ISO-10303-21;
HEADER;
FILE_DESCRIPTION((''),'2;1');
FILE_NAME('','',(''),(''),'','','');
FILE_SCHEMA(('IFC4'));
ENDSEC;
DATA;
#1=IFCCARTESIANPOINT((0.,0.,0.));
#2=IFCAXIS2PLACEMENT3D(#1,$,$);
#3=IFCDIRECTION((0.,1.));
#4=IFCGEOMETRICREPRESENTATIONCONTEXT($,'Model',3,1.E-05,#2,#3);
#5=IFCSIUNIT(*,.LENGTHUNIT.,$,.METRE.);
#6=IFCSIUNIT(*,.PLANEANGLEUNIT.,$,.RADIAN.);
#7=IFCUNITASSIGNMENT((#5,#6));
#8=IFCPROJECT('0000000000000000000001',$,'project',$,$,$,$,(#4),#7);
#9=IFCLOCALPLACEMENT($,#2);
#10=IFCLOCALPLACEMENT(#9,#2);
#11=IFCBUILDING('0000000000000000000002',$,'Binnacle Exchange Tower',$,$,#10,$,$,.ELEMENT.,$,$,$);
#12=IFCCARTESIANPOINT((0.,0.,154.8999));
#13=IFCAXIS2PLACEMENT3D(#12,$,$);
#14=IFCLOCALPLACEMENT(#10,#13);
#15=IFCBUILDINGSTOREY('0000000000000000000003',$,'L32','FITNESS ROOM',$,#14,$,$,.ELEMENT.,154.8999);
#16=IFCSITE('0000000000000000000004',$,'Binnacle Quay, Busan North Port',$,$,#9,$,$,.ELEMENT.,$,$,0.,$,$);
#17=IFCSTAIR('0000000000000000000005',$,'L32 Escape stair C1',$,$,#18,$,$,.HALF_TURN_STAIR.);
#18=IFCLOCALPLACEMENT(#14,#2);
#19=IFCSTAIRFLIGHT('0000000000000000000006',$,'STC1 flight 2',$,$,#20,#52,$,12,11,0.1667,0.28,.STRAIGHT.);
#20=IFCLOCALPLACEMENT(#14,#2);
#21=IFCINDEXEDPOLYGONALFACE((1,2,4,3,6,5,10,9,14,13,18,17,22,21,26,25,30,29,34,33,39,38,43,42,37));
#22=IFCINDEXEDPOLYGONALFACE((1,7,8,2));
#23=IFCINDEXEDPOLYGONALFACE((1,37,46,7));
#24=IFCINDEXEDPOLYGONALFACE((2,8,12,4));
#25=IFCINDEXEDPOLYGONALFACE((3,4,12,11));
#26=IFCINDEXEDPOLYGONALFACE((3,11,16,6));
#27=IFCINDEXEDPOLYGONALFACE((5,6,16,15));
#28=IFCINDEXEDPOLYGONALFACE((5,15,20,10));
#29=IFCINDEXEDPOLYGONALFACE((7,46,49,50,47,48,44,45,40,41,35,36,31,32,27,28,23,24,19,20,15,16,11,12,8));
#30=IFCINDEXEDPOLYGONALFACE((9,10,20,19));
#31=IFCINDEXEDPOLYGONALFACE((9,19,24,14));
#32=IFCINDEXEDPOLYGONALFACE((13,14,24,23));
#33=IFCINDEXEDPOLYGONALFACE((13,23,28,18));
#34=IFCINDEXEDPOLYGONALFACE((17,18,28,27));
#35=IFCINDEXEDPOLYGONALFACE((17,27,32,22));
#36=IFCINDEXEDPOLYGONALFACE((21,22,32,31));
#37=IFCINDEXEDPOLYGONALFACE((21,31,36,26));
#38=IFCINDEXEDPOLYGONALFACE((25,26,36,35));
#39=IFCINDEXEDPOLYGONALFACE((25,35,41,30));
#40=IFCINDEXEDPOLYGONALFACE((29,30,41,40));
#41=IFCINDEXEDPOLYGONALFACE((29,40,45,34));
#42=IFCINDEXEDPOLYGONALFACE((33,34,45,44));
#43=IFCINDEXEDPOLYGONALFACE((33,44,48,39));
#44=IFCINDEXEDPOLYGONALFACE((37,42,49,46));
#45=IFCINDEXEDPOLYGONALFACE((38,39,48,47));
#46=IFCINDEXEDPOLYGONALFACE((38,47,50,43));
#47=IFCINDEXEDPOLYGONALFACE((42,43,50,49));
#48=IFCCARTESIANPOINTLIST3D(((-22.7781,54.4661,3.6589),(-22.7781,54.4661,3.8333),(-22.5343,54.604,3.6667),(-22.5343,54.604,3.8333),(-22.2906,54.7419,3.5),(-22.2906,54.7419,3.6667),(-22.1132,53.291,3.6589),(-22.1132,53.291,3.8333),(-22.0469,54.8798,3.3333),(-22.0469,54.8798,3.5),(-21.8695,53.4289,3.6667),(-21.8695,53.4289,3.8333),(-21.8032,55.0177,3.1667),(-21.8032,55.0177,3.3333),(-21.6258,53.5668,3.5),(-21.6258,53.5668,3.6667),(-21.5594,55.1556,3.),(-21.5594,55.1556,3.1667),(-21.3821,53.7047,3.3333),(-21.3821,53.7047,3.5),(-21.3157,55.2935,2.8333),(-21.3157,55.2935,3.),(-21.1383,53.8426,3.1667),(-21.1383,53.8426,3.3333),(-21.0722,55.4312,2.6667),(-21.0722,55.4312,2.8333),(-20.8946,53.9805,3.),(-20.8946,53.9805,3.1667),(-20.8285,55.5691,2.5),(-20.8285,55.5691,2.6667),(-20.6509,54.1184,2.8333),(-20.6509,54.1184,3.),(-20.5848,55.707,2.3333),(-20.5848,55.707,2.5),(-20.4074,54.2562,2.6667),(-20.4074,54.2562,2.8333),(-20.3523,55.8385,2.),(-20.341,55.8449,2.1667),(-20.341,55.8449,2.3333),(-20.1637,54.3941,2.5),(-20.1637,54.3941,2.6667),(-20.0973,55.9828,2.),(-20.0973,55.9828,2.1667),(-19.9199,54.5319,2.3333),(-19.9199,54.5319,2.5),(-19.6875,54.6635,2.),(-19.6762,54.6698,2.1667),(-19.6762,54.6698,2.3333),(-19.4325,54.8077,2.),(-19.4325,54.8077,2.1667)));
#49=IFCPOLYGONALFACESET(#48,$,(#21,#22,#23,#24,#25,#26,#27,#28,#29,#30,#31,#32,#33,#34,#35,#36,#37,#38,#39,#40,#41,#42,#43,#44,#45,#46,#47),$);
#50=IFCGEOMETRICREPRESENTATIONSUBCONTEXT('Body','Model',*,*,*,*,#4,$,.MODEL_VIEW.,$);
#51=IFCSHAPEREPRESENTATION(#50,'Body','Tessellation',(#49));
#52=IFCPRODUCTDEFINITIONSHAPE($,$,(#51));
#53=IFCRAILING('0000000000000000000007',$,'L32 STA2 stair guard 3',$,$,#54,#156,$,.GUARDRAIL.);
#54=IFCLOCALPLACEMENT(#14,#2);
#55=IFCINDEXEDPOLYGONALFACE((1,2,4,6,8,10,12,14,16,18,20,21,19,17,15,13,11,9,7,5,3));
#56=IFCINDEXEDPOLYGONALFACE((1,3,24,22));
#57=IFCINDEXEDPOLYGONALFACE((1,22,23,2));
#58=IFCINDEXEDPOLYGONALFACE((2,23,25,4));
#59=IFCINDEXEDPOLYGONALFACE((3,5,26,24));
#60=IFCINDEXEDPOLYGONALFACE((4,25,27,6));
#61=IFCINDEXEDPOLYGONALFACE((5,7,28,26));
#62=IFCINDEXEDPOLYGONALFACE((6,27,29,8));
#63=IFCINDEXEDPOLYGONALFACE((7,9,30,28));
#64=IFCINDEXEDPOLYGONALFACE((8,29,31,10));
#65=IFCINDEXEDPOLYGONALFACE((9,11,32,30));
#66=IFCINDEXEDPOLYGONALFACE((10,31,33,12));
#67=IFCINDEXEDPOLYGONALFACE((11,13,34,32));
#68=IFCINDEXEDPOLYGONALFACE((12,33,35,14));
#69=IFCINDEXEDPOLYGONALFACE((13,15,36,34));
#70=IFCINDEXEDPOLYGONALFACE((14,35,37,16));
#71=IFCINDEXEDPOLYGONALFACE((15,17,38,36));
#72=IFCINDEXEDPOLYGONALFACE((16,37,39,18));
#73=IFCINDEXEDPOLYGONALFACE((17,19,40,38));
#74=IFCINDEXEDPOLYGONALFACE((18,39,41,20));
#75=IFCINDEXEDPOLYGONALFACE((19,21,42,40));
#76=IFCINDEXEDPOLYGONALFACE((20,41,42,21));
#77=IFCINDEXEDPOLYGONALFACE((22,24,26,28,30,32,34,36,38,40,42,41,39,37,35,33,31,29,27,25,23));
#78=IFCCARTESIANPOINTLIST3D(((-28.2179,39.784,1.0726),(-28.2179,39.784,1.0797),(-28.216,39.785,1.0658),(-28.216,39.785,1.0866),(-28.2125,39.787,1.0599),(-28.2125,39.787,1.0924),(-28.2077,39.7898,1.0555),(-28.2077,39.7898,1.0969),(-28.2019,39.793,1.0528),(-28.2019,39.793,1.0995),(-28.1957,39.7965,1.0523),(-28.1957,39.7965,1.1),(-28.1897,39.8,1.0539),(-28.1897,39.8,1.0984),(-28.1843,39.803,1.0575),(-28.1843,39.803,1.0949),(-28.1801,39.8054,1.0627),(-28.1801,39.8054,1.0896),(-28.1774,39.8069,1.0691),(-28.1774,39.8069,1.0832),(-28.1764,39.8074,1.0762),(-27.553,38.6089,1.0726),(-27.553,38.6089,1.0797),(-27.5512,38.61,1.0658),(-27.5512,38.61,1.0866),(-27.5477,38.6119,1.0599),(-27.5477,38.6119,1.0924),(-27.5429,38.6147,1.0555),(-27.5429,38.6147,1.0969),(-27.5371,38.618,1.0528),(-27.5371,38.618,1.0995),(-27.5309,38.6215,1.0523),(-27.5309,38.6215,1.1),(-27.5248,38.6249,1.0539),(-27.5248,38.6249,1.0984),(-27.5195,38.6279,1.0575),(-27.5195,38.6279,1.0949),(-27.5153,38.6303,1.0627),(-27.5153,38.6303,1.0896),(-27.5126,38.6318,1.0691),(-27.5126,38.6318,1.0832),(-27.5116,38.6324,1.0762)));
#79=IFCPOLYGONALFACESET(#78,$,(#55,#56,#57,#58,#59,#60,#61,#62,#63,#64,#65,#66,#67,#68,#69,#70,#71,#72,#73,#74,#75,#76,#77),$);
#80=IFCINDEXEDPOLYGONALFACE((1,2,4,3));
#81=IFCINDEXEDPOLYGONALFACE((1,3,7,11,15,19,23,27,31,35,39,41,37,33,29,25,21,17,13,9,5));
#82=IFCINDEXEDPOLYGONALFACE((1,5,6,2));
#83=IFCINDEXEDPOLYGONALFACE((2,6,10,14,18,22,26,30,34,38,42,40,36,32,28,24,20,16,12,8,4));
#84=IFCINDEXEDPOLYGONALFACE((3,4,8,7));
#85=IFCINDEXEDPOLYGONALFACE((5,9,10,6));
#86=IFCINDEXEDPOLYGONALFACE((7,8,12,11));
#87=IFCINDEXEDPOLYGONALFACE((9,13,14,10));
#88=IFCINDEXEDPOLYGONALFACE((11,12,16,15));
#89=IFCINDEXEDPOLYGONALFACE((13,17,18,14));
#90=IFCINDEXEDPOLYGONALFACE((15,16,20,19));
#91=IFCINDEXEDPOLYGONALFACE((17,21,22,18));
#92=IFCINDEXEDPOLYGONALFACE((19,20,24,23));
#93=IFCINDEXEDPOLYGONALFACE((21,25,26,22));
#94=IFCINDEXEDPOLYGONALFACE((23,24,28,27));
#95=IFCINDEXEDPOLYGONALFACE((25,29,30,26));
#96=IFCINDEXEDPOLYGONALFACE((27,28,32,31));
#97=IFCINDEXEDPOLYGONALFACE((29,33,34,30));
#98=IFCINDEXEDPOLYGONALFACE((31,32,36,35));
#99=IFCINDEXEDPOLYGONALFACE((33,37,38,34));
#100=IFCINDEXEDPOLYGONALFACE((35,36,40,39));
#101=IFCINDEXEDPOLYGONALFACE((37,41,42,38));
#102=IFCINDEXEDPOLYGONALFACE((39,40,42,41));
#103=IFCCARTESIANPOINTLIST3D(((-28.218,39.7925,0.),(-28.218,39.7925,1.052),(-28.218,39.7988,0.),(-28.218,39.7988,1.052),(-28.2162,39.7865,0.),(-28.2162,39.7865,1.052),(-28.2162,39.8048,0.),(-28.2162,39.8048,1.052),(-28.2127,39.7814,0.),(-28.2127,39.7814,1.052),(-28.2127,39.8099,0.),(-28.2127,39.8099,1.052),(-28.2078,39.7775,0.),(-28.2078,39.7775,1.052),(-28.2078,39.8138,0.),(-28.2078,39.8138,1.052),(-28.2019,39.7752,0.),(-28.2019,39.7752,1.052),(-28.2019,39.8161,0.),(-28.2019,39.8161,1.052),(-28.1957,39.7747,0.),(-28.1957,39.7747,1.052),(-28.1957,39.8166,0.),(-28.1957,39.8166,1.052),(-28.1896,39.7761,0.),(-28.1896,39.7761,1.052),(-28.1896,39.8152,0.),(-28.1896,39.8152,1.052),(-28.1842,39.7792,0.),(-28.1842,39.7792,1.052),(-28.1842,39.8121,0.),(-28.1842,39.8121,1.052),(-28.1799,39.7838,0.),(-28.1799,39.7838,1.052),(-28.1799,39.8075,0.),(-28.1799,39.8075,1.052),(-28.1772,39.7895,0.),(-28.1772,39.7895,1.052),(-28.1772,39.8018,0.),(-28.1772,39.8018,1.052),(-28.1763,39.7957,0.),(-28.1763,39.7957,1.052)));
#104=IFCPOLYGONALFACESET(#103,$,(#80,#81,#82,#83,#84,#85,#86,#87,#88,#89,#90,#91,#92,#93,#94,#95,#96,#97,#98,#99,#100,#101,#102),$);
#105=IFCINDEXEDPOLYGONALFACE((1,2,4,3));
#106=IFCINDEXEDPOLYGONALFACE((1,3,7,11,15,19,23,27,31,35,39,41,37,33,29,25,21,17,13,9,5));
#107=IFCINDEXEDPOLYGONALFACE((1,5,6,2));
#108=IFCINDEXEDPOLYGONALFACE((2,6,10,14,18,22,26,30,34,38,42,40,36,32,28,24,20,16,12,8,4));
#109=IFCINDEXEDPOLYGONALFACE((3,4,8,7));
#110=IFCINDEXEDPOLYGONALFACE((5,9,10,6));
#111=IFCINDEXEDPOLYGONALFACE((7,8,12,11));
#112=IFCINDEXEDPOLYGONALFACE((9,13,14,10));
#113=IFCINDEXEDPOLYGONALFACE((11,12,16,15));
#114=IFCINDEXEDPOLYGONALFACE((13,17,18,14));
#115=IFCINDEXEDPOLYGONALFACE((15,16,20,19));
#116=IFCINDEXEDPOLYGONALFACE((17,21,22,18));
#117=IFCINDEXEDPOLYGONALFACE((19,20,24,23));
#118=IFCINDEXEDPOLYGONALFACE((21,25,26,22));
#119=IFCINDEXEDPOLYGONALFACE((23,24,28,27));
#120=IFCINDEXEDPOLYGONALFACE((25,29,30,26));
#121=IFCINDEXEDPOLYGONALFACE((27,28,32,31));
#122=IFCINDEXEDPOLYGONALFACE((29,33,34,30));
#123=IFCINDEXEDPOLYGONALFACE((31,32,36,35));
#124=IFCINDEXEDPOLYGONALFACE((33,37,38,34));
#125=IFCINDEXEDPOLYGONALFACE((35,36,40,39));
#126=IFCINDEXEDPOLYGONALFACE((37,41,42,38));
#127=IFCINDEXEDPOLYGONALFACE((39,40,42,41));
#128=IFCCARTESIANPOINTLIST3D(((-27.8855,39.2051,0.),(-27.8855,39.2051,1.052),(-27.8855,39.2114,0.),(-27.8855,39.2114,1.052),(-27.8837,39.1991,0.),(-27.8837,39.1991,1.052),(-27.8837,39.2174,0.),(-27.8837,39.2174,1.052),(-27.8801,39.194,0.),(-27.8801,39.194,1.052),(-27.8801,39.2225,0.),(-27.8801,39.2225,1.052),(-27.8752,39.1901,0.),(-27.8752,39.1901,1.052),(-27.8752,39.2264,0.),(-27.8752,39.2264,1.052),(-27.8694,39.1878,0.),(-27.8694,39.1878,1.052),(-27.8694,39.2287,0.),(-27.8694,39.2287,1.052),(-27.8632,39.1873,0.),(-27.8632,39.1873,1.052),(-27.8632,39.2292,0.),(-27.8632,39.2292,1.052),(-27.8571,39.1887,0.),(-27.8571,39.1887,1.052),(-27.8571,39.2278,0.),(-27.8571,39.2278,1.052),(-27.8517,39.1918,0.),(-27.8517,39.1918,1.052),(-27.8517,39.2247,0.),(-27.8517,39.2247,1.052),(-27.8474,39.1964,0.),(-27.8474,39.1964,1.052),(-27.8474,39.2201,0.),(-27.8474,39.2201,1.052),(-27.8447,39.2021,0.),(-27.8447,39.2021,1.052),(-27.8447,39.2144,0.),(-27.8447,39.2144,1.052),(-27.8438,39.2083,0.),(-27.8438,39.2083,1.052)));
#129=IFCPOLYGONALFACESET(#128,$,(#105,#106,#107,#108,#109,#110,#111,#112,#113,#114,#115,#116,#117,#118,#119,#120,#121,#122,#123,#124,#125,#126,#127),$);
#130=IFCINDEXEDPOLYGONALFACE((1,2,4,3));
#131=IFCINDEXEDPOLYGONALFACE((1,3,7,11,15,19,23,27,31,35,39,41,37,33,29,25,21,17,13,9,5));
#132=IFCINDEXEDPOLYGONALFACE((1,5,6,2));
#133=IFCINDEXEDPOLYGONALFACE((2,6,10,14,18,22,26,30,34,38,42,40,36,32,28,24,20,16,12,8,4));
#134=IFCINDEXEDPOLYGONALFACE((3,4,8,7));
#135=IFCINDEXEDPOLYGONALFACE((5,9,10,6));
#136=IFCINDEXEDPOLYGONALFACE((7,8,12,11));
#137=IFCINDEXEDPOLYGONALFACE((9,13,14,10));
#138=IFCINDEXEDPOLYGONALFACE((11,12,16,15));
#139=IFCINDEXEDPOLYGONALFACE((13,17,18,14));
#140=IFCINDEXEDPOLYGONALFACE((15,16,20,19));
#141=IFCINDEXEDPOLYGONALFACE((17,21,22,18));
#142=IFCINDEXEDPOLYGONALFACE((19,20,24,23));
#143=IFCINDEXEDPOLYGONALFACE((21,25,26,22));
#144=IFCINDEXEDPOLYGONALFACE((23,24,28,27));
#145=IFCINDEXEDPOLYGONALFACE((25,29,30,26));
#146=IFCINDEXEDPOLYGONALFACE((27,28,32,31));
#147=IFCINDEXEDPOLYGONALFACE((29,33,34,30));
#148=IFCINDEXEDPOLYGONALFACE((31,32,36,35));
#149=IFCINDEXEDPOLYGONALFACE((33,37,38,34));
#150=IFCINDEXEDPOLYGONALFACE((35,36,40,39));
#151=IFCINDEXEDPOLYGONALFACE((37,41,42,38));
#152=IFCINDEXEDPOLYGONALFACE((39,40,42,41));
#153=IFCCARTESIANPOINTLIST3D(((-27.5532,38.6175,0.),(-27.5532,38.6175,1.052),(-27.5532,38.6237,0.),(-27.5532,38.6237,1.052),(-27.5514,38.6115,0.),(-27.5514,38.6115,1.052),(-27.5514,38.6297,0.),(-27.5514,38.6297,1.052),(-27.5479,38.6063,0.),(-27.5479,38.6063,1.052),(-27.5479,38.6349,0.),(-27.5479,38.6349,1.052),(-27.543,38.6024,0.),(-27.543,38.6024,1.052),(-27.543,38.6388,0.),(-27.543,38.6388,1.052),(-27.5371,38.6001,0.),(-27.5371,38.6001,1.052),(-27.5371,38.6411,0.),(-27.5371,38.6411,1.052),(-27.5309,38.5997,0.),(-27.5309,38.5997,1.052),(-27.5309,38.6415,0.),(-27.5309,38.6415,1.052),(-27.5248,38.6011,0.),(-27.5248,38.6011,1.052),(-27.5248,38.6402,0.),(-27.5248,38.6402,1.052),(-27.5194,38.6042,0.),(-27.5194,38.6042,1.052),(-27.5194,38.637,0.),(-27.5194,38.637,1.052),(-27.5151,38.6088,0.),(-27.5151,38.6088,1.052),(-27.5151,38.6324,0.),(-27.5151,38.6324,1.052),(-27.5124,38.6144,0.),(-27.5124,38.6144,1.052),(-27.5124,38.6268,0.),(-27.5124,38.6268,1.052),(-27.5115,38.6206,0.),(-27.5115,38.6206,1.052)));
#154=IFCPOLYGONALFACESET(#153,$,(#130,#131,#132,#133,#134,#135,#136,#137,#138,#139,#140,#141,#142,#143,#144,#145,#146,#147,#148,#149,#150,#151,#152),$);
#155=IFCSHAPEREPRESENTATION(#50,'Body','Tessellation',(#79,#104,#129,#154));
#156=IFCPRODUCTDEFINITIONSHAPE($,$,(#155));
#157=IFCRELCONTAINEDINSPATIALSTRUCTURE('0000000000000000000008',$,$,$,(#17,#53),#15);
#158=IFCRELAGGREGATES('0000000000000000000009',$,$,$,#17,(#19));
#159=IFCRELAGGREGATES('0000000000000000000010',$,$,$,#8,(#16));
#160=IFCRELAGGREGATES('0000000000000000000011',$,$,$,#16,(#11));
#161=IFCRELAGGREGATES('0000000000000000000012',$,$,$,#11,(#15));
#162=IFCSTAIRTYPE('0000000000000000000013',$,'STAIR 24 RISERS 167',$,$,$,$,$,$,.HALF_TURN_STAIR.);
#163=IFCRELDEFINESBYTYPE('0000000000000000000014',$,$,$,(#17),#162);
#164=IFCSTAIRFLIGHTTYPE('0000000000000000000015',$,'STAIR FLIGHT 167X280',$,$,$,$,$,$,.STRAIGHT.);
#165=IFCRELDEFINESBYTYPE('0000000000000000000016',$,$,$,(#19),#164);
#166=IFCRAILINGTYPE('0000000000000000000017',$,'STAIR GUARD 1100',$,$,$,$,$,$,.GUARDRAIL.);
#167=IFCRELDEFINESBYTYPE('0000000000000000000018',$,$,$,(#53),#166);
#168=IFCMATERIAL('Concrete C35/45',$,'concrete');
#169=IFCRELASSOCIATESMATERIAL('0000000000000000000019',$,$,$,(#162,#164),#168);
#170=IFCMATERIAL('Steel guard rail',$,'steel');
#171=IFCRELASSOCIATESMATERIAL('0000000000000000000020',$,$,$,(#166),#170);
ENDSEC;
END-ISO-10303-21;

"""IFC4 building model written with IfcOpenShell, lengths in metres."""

from ifc_helpers import new_model, si_unit, direction, frame, origin, origin_2d, place, context, subcontext, project, spatial, polyline, circle, outline, extrude, material, type_object, element, aggregate, save


model = new_model("IFC4")

# Units and contexts
model_context = context("Model", 3, precision=1e-05, world=origin(), true_north=direction((0.0, 1.0)))
body_context = subcontext(model_context, "Body", "Model", "MODEL_VIEW")
ifc_project = project(units=[si_unit("LENGTHUNIT", "METRE"), si_unit("PLANEANGLEUNIT", "RADIAN")], contexts=[model_context])

# Site, building, storey
site_placement = place(None, origin())
site = spatial("IfcSite", under=ifc_project, at=site_placement, Name="Binnacle Quay, Busan North Port", CompositionType="ELEMENT", RefElevation=0.0)
building_placement = place(site_placement, origin())
building = spatial("IfcBuilding", under=site, at=building_placement, Name="Binnacle Exchange Tower", CompositionType="ELEMENT")
storey_placement = place(building_placement, frame((0.0, 0.0, 154.8999)))
storey = spatial("IfcBuildingStorey", under=building, at=storey_placement, Name="L32", Description="FITNESS ROOM", CompositionType="ELEMENT", Elevation=154.8999)

# Shared definitions
ifc_material_1 = material(Name="Concrete C35/45", Category="concrete")
stair_type = type_object("IfcStairType", Name="STAIR 24 RISERS 167", PredefinedType="HALF_TURN_STAIR", material=ifc_material_1)
stair_flight_type = type_object("IfcStairFlightType", Name="STAIR FLIGHT 167X280", PredefinedType="STRAIGHT", material=ifc_material_1)

# Stair, stair flight
stair_1_placement = place(storey_placement, origin())
stair_1 = element("IfcStair", 1, at=stair_1_placement, inside=storey, type_object=stair_type, Name="L32 Escape stair C1", PredefinedType="HALF_TURN_STAIR")
stair_flight_1_placement = place(storey_placement, frame((-19.7649, 55.3953, 2.0), z_axis=(0.0, 0.0, 1.0), x_axis=(-0.870356, -0.492424, 0.0)))
stair_flight_1 = element("IfcStairFlight", 2, at=stair_flight_1_placement, type_object=stair_flight_type, Name="STC1 flight 2", NumberOfRisers=12, NumberOfTreads=11, PredefinedType="STRAIGHT", RiserHeight=0.1667, TreadLength=0.28, context=body_context, shape_type="SweptSolid", body=[
    extrude(outline(polyline([(0.0, 0.0), (0.0, 0.1667), (0.28, 0.1667), (0.28, 0.3333), (0.5601, 0.3333), (0.5601, 0.5), (0.8401, 0.5), (0.8401, 0.6667), (1.1201, 0.6667), (1.1201, 0.8333), (1.3999, 0.8333), (1.3999, 1.0), (1.6799, 1.0), (1.6799, 1.1667), (1.96, 1.1667), (1.96, 1.3333), (2.24, 1.3333), (2.24, 1.5), (2.52, 1.5), (2.52, 1.6667), (2.8, 1.6667), (2.8, 1.8333), (3.0801, 1.8333), (3.0801, 2.0), (3.0801, 1.6589), (0.293, 0.0), (0.0, 0.0)])), frame((0.0, 0.675, 0.0), z_axis=(0.0, -1.0, 0.0), x_axis=(1.0, 0.0, 0.0)), (0.0, 0.0, 1.0), 1.3501),
])
aggregate(stair_1, [stair_flight_1])

# Railing
ifc_material_2 = material(Name="Steel guard rail", Category="steel")
railing_type_1 = type_object("IfcRailingType", Name="STAIR GUARD 1100", PredefinedType="GUARDRAIL", material=ifc_material_2)
railing_1_placement = place(storey_placement, frame((-28.1973, 39.7957, 0.0)))
element("IfcRailing", 3, at=railing_1_placement, inside=storey, type_object=railing_type_1, Name="L32 STA2 stair guard 3", PredefinedType="GUARDRAIL", context=body_context, shape_type="SweptSolid", body=[
    extrude(circle(Radius=0.0239, at=origin_2d()), frame((0.0, 0.0, 1.0762), z_axis=(0.492415, -0.870361, 0.0), x_axis=(0.870361, 0.492415, 0.0)), (0.0, 0.0, 1.0), 1.3501),
    extrude(circle(Radius=0.021, at=origin_2d()), origin(), (0.0, 0.0, 1.0), 1.052),
    extrude(circle(Radius=0.021, at=origin_2d()), frame((0.3325, -0.5874, 0.0)), (0.0, 0.0, 1.0), 1.052),
    extrude(circle(Radius=0.021, at=origin_2d()), frame((0.6648, -1.175, 0.0)), (0.0, 0.0, 1.0), 1.052),
])

save(model, "model.ifc")
